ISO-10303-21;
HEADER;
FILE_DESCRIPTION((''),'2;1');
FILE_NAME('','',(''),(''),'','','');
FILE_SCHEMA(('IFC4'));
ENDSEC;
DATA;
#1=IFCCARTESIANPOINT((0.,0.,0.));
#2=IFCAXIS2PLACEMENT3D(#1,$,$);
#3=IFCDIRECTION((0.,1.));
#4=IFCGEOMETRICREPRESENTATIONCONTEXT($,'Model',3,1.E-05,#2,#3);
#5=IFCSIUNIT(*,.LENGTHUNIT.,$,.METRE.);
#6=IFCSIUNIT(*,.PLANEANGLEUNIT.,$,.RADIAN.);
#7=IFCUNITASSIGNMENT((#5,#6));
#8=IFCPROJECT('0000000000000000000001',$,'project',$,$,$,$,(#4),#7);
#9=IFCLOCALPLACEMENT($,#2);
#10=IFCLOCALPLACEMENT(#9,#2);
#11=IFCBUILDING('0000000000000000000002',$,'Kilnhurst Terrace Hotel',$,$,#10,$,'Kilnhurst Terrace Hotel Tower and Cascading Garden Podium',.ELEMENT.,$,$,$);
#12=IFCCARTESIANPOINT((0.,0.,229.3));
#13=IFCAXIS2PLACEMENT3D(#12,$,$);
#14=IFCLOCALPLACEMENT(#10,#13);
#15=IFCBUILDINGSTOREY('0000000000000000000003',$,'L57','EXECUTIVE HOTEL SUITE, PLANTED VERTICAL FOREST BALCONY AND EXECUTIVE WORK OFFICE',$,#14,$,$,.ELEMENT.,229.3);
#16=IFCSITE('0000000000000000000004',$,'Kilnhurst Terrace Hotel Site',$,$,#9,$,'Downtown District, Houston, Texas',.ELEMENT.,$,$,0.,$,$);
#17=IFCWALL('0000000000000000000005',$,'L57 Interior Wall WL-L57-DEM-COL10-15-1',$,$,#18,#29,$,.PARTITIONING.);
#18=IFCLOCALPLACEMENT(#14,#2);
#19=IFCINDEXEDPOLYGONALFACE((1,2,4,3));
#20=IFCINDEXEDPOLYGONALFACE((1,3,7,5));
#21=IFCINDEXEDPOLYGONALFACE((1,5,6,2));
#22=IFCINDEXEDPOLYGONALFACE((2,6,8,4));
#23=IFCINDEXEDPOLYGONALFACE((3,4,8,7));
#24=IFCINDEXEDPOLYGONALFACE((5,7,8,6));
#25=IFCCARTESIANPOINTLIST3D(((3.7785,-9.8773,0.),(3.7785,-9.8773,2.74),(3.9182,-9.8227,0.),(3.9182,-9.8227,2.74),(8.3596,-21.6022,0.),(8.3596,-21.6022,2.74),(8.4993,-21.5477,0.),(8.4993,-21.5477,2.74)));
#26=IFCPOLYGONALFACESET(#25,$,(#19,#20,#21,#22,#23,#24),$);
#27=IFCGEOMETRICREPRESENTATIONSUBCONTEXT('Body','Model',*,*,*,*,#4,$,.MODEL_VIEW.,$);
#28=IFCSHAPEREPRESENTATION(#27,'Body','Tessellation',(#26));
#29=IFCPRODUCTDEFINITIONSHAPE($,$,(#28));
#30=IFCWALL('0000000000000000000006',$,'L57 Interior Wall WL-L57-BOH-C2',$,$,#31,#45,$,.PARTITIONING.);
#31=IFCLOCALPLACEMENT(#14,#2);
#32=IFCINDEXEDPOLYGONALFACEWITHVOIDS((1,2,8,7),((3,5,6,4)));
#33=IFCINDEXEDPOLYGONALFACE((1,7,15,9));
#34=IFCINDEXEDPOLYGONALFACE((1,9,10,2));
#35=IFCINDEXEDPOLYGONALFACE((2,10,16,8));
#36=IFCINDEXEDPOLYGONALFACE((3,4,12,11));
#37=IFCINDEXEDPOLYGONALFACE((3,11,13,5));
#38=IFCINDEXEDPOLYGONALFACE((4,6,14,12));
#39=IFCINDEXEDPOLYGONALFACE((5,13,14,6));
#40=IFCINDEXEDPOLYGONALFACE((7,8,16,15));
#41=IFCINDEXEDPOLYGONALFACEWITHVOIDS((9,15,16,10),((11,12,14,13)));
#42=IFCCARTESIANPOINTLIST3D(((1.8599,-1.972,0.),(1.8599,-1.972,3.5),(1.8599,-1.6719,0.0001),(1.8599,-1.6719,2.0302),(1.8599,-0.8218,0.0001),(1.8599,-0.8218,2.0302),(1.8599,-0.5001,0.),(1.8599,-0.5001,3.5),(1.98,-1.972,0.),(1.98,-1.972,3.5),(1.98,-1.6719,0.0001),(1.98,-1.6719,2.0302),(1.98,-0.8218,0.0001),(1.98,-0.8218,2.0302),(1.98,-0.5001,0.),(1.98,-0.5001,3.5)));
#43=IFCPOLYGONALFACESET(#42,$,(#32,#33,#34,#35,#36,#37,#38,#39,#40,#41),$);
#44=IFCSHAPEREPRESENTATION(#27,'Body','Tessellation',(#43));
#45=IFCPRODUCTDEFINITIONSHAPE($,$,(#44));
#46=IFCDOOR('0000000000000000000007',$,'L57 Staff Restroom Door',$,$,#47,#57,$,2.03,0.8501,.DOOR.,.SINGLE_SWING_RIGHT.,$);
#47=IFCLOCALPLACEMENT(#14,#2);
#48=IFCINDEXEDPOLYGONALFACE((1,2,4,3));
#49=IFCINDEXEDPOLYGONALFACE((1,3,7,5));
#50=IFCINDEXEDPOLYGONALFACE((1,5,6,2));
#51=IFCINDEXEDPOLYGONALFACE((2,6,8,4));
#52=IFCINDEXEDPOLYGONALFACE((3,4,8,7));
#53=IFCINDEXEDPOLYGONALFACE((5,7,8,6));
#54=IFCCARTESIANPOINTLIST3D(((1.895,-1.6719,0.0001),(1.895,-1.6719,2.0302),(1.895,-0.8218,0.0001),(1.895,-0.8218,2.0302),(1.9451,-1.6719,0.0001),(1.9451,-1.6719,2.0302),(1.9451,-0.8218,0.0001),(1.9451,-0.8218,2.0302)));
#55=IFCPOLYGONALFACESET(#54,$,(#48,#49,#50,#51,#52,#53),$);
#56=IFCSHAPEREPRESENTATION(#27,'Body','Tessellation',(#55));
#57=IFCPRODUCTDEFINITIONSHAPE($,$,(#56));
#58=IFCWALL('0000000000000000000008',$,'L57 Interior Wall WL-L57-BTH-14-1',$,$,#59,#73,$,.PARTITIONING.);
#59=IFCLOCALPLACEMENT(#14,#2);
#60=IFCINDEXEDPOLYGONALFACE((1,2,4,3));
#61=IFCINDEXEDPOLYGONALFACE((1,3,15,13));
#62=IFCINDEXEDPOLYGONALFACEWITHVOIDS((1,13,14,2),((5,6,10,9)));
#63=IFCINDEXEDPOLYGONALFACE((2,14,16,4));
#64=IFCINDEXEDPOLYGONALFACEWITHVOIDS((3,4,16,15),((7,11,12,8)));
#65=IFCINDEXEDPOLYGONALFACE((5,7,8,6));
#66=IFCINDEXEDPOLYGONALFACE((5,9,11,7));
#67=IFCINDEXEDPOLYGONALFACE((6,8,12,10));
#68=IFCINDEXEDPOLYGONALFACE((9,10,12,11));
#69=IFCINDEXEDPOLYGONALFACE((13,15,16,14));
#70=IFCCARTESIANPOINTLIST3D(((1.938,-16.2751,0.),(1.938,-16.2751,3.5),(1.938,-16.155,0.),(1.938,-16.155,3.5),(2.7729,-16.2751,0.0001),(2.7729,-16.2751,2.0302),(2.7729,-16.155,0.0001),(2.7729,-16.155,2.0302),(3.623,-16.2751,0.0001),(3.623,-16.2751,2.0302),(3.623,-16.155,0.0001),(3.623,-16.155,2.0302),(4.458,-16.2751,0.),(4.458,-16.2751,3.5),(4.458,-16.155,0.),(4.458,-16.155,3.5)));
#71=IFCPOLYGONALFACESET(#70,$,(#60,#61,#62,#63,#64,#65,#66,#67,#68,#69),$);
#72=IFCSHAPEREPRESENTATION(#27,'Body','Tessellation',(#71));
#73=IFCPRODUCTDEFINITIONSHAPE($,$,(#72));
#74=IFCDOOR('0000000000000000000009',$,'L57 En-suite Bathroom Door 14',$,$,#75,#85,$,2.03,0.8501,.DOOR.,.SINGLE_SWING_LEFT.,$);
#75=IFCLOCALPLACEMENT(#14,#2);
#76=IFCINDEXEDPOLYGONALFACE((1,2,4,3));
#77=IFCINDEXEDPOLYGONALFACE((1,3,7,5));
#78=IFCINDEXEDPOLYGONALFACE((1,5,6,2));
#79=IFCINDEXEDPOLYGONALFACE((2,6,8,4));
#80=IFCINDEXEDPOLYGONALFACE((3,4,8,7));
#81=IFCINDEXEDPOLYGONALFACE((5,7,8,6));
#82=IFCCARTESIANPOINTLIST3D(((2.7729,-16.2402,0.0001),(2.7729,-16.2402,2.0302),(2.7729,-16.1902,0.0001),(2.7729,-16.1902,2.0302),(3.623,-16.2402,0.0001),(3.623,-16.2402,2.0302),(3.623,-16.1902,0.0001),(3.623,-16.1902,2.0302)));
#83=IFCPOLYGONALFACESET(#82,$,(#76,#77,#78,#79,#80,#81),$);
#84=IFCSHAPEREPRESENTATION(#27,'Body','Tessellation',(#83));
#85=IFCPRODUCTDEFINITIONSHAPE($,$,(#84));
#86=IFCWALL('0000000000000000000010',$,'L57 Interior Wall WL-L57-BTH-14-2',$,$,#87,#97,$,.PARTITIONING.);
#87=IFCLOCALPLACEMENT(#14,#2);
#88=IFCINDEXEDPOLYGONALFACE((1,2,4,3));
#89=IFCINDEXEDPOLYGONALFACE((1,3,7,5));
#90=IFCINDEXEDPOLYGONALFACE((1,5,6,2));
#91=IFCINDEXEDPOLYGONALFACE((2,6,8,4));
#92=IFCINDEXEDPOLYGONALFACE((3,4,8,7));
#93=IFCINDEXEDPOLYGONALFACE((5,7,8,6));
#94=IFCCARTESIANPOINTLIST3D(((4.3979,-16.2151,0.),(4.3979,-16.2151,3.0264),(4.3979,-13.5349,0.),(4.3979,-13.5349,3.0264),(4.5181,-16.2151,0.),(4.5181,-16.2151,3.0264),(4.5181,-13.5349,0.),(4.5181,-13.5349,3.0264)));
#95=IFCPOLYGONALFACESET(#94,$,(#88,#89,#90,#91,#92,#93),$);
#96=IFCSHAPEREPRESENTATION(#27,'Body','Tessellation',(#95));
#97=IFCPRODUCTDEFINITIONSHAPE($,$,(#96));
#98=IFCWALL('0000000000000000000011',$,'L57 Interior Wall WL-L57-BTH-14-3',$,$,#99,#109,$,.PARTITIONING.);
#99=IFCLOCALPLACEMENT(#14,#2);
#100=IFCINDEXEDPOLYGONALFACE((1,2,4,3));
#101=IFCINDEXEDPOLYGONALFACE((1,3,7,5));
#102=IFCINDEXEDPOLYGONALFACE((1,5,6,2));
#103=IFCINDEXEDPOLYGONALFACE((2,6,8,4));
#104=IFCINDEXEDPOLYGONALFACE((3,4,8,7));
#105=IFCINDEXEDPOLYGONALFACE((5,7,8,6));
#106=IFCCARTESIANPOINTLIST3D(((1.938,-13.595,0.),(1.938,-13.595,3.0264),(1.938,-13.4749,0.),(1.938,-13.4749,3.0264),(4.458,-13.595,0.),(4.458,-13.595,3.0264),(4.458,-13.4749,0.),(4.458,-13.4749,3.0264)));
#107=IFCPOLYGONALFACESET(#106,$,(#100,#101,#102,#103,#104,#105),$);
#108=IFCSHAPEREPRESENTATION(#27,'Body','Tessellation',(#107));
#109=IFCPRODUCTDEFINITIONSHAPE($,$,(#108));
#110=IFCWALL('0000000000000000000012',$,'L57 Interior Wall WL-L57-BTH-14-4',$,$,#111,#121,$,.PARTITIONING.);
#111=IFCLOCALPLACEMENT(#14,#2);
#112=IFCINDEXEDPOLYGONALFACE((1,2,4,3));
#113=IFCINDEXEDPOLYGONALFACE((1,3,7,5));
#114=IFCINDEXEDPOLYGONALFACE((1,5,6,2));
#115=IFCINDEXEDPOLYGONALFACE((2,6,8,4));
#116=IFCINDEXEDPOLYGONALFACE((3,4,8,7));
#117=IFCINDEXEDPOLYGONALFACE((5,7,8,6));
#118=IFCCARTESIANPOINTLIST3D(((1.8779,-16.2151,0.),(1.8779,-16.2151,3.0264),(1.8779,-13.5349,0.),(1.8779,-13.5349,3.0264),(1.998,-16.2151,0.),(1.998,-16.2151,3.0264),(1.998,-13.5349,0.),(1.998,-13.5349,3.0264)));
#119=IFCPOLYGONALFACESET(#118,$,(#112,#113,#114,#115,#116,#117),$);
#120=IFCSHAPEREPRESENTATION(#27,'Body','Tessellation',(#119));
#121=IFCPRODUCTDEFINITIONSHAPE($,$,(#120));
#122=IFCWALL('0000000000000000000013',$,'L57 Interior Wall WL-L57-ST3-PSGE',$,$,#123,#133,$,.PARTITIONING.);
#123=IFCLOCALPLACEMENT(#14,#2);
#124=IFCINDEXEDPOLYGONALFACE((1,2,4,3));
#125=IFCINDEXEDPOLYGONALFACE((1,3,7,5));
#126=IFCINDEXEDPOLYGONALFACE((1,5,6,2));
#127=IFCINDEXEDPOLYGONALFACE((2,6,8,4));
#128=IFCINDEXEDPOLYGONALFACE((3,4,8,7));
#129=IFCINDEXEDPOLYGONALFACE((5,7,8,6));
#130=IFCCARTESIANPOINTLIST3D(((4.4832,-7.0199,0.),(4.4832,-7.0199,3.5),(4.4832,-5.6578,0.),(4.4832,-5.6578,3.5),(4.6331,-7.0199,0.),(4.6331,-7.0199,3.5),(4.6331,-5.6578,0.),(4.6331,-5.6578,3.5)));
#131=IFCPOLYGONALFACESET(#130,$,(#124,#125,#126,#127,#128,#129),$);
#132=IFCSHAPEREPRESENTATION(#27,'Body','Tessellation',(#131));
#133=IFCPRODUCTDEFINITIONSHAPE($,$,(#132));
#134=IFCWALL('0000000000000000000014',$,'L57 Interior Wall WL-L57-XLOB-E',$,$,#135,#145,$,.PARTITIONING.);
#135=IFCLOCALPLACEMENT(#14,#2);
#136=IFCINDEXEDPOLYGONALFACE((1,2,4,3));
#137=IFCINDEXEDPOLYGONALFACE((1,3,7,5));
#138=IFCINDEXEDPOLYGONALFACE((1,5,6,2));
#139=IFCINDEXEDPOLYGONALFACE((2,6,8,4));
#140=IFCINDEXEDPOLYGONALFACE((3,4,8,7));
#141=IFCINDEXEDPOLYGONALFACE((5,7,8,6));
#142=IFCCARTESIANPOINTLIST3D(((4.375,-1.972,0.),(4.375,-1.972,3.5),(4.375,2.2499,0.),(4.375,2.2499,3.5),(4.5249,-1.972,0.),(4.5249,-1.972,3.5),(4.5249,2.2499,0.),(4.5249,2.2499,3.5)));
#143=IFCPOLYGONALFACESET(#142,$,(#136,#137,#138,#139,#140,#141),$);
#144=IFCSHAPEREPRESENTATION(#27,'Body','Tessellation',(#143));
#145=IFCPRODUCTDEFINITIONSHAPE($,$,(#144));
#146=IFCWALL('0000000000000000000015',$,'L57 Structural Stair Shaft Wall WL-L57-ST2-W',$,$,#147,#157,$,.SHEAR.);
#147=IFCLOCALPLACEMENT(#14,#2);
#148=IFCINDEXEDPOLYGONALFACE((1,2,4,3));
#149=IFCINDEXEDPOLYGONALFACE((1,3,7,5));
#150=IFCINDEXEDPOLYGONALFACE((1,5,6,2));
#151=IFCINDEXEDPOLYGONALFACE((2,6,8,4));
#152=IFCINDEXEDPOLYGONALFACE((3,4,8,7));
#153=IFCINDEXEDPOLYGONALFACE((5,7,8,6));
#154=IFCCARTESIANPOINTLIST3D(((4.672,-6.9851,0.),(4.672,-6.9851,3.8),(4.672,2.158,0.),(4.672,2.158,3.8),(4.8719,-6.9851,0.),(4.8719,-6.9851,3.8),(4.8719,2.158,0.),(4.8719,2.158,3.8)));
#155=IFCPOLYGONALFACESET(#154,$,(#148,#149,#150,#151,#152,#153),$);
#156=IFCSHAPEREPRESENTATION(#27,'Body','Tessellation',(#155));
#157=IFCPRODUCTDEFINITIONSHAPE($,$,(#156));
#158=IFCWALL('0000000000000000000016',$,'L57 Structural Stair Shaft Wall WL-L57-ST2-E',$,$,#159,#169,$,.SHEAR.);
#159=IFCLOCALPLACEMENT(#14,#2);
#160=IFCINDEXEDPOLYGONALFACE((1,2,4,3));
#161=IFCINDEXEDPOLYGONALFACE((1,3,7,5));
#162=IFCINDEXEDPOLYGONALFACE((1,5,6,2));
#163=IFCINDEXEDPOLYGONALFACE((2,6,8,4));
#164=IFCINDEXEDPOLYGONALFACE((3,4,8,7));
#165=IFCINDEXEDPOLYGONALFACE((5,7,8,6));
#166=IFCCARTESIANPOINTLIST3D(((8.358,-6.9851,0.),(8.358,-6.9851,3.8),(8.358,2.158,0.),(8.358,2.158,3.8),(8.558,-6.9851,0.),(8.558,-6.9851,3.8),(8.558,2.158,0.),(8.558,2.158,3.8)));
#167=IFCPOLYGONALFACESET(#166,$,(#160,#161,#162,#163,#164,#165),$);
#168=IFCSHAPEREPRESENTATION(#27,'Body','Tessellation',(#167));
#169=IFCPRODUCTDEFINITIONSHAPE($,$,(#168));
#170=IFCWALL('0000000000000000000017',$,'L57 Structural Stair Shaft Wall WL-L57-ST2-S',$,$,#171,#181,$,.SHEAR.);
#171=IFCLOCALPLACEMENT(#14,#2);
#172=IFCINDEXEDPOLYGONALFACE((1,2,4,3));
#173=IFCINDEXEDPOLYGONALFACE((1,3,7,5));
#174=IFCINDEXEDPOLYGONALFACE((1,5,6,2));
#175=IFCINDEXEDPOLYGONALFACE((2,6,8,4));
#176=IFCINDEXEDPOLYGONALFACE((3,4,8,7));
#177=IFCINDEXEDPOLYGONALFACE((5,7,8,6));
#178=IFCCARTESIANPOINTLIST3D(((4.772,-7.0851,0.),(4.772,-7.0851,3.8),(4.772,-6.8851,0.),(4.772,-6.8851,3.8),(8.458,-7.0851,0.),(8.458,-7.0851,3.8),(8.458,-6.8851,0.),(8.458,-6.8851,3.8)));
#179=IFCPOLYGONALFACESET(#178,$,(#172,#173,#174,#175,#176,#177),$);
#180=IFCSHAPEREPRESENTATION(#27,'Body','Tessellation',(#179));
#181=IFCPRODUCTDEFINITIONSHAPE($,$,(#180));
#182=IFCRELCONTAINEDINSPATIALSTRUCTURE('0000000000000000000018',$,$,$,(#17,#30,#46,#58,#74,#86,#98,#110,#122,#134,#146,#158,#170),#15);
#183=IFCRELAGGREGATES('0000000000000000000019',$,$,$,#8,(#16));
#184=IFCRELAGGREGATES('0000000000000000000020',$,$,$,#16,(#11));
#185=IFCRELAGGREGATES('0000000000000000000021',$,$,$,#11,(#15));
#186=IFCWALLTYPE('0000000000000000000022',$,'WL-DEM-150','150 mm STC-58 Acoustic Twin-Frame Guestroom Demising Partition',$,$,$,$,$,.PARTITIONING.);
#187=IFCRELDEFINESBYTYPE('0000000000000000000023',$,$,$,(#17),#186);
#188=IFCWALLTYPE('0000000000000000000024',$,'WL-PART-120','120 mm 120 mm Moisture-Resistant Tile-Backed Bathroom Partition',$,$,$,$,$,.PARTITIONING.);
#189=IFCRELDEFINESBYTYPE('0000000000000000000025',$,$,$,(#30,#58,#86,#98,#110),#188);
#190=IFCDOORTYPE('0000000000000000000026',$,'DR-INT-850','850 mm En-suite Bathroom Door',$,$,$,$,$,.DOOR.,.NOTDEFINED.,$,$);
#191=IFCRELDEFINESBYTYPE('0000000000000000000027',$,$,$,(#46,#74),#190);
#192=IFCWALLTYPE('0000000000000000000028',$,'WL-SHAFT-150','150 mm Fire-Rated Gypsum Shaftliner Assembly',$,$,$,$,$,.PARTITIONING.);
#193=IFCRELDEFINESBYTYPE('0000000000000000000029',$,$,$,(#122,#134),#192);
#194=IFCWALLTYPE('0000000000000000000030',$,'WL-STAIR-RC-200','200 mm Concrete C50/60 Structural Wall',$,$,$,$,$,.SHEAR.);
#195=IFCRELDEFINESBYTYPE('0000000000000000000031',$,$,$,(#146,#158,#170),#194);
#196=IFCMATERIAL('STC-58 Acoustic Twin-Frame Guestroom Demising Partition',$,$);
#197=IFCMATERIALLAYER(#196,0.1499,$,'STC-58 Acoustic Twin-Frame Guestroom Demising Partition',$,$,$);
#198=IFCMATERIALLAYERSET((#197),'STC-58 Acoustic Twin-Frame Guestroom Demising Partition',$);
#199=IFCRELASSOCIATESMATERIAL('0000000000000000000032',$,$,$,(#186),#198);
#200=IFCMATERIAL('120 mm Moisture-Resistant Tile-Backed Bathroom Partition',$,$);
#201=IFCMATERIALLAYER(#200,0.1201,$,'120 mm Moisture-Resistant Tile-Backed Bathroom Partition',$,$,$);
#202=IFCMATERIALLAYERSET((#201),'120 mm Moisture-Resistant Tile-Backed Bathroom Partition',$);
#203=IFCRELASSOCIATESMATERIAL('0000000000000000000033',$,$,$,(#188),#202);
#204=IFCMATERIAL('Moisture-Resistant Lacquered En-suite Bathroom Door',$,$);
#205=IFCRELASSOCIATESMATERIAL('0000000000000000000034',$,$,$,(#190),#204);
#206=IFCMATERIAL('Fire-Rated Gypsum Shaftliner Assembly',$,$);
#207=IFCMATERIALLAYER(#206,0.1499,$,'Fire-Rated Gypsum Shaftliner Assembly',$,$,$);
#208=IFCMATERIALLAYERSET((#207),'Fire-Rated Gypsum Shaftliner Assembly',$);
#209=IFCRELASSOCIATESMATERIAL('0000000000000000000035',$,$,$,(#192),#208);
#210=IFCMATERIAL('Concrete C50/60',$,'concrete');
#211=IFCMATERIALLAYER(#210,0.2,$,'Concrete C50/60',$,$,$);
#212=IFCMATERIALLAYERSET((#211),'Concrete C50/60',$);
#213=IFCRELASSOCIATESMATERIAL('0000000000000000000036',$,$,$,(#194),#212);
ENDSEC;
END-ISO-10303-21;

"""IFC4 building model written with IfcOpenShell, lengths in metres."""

from ifc_helpers import new_model, si_unit, direction, frame, frame_2d, origin, place, context, subcontext, project, spatial, rectangle, extrude, material, layer, layer_set, type_object, element, fill, save


model = new_model("IFC4")

# Units and contexts
model_context = context("Model", 3, precision=1e-05, world=origin(), true_north=direction((0.0, 1.0)))
body_context = subcontext(model_context, "Body", "Model", "MODEL_VIEW")
ifc_project = project(units=[si_unit("LENGTHUNIT", "METRE"), si_unit("PLANEANGLEUNIT", "RADIAN")], contexts=[model_context])

# Site, building, storey
site_placement = place(None, origin())
site = spatial("IfcSite", under=ifc_project, at=site_placement, Name="Kilnhurst Terrace Hotel Site", LongName="Downtown District, Houston, Texas", CompositionType="ELEMENT", RefElevation=0.0)
building_placement = place(site_placement, origin())
building = spatial("IfcBuilding", under=site, at=building_placement, Name="Kilnhurst Terrace Hotel", LongName="Kilnhurst Terrace Hotel Tower and Cascading Garden Podium", CompositionType="ELEMENT")
storey_placement = place(building_placement, frame((0.0, 0.0, 229.3)))
storey = spatial("IfcBuildingStorey", under=building, at=storey_placement, Name="L57", Description="EXECUTIVE HOTEL SUITE, PLANTED VERTICAL FOREST BALCONY AND EXECUTIVE WORK OFFICE", CompositionType="ELEMENT", Elevation=229.3)

# Shared definitions
ifc_material_1 = material(Name="Concrete C50/60", Category="concrete")

# Wall
ifc_material_2 = material(Name="STC-58 Acoustic Twin-Frame Guestroom Demising Partition")
ifc_layer_1 = layer(ifc_material_2, 0.1499, Name="STC-58 Acoustic Twin-Frame Guestroom Demising Partition")
ifc_layer_set_1 = layer_set([ifc_layer_1], Name="STC-58 Acoustic Twin-Frame Guestroom Demising Partition")
wall_type_1 = type_object("IfcWallType", Name="WL-DEM-150", Description="150 mm STC-58 Acoustic Twin-Frame Guestroom Demising Partition", PredefinedType="PARTITIONING", material=ifc_layer_set_1)
wall_1_placement = place(storey_placement, frame((3.8484, -9.8501, 0.0), z_axis=(0.0, 0.0, 1.0), x_axis=(0.363922, -0.93143, 0.0)))
element("IfcWall", 1, at=wall_1_placement, inside=storey, type_object=wall_type_1, Name="L57 Interior Wall WL-L57-DEM-COL10-15-1", PredefinedType="PARTITIONING", context=body_context, shape_type="SweptSolid", body=[
    extrude(rectangle(XDim=12.5881, YDim=0.1499, at=frame_2d((6.2939, 0.0))), origin(), (0.0, 0.0, 1.0), 2.74),
])

# Walls, openings, doors
ifc_material_3 = material(Name="120 mm Moisture-Resistant Tile-Backed Bathroom Partition")
ifc_layer_2 = layer(ifc_material_3, 0.1201, Name="120 mm Moisture-Resistant Tile-Backed Bathroom Partition")
ifc_layer_set_2 = layer_set([ifc_layer_2], Name="120 mm Moisture-Resistant Tile-Backed Bathroom Partition")
wall_type_2 = type_object("IfcWallType", Name="WL-PART-120", Description="120 mm 120 mm Moisture-Resistant Tile-Backed Bathroom Partition", PredefinedType="PARTITIONING", material=ifc_layer_set_2)
wall_2_placement = place(storey_placement, frame((1.9199, -1.9719, 0.0), z_axis=(0.0, 0.0, 1.0), x_axis=(0.0, 1.0, 0.0)))
wall_2 = element("IfcWall", 2, at=wall_2_placement, inside=storey, type_object=wall_type_2, Name="L57 Interior Wall WL-L57-BOH-C2", PredefinedType="PARTITIONING", context=body_context, shape_type="SweptSolid", body=[
    extrude(rectangle(XDim=1.4719, YDim=0.1201, at=frame_2d((0.7358, 0.0))), origin(), (0.0, 0.0, 1.0), 3.5),
])
opening_1_placement = place(wall_2_placement, frame((0.3, 0.0, 0.0)))
opening_1 = element("IfcOpeningElement", 3, at=opening_1_placement, cuts=wall_2, PredefinedType="OPENING", context=body_context, shape_type="SweptSolid", body=[
    extrude(rectangle(XDim=0.8501, YDim=2.03, at=frame_2d((0.425, 1.0151))), frame((0.0, 0.0701, 0.0), z_axis=(0.0, -1.0, 0.0), x_axis=(1.0, 0.0, 0.0)), (0.0, 0.0, 1.0), 0.1401),
])
ifc_material_4 = material(Name="Moisture-Resistant Lacquered En-suite Bathroom Door")
door_type = type_object("IfcDoorType", Name="DR-INT-850", Description="850 mm En-suite Bathroom Door", OperationType="NOTDEFINED", PredefinedType="DOOR", material=ifc_material_4)
door_1_placement = place(opening_1_placement, origin())
door_1 = element("IfcDoor", 4, at=door_1_placement, inside=storey, type_object=door_type, Name="L57 Staff Restroom Door", OperationType="SINGLE_SWING_RIGHT", OverallHeight=2.03, OverallWidth=0.8501, PredefinedType="DOOR", context=body_context, shape_type="SweptSolid", body=[
    extrude(rectangle(XDim=0.8501, YDim=2.03, at=frame_2d((0.425, 1.0151))), frame((0.0, 0.0249, 0.0), z_axis=(0.0, -1.0, 0.0), x_axis=(1.0, 0.0, 0.0)), (0.0, 0.0, 1.0), 0.05),
])
fill(opening_1, door_1)
wall_3_placement = place(storey_placement, frame((1.938, -16.2151, 0.0), z_axis=(0.0, 0.0, 1.0), x_axis=(1.0, 0.0, 0.0)))
wall_3 = element("IfcWall", 5, at=wall_3_placement, inside=storey, type_object=wall_type_2, Name="L57 Interior Wall WL-L57-BTH-14-1", PredefinedType="PARTITIONING", context=body_context, shape_type="SweptSolid", body=[
    extrude(rectangle(XDim=2.52, YDim=0.1201, at=frame_2d((1.26, 0.0))), origin(), (0.0, 0.0, 1.0), 3.5),
])
opening_2_placement = place(wall_3_placement, frame((0.835, 0.0, 0.0)))
opening_2 = element("IfcOpeningElement", 6, at=opening_2_placement, cuts=wall_3, PredefinedType="OPENING", context=body_context, shape_type="SweptSolid", body=[
    extrude(rectangle(XDim=0.8501, YDim=2.03, at=frame_2d((0.425, 1.0151))), frame((0.0, 0.0701, 0.0), z_axis=(0.0, -1.0, 0.0), x_axis=(1.0, 0.0, 0.0)), (0.0, 0.0, 1.0), 0.1401),
])
door_2_placement = place(opening_2_placement, origin())
door_2 = element("IfcDoor", 7, at=door_2_placement, inside=storey, type_object=door_type, Name="L57 En-suite Bathroom Door 14", OperationType="SINGLE_SWING_LEFT", OverallHeight=2.03, OverallWidth=0.8501, PredefinedType="DOOR", context=body_context, shape_type="SweptSolid", body=[
    extrude(rectangle(XDim=0.8501, YDim=2.03, at=frame_2d((0.425, 1.0151))), frame((0.0, 0.0249, 0.0), z_axis=(0.0, -1.0, 0.0), x_axis=(1.0, 0.0, 0.0)), (0.0, 0.0, 1.0), 0.05),
])
fill(opening_2, door_2)

# Walls
wall_4_placement = place(storey_placement, frame((4.458, -16.2151, 0.0), z_axis=(0.0, 0.0, 1.0), x_axis=(0.0, 1.0, 0.0)))
element("IfcWall", 8, at=wall_4_placement, inside=storey, type_object=wall_type_2, Name="L57 Interior Wall WL-L57-BTH-14-2", PredefinedType="PARTITIONING", context=body_context, shape_type="SweptSolid", body=[
    extrude(rectangle(XDim=2.6802, YDim=0.1201, at=frame_2d((1.3401, 0.0))), origin(), (0.0, 0.0, 1.0), 3.0264),
])
wall_5_placement = place(storey_placement, frame((4.458, -13.5349, 0.0), z_axis=(0.0, 0.0, 1.0), x_axis=(-1.0, 0.0, 0.0)))
element("IfcWall", 9, at=wall_5_placement, inside=storey, type_object=wall_type_2, Name="L57 Interior Wall WL-L57-BTH-14-3", PredefinedType="PARTITIONING", context=body_context, shape_type="SweptSolid", body=[
    extrude(rectangle(XDim=2.52, YDim=0.1201, at=frame_2d((1.26, 0.0))), origin(), (0.0, 0.0, 1.0), 3.0264),
])
wall_6_placement = place(storey_placement, frame((1.938, -13.5349, 0.0), z_axis=(0.0, 0.0, 1.0), x_axis=(0.0, -1.0, 0.0)))
element("IfcWall", 10, at=wall_6_placement, inside=storey, type_object=wall_type_2, Name="L57 Interior Wall WL-L57-BTH-14-4", PredefinedType="PARTITIONING", context=body_context, shape_type="SweptSolid", body=[
    extrude(rectangle(XDim=2.6802, YDim=0.1201, at=frame_2d((1.3401, 0.0))), origin(), (0.0, 0.0, 1.0), 3.0264),
])
ifc_material_5 = material(Name="Fire-Rated Gypsum Shaftliner Assembly")
ifc_layer_3 = layer(ifc_material_5, 0.1499, Name="Fire-Rated Gypsum Shaftliner Assembly")
ifc_layer_set_3 = layer_set([ifc_layer_3], Name="Fire-Rated Gypsum Shaftliner Assembly")
wall_type_3 = type_object("IfcWallType", Name="WL-SHAFT-150", Description="150 mm Fire-Rated Gypsum Shaftliner Assembly", PredefinedType="PARTITIONING", material=ifc_layer_set_3)
wall_7_placement = place(storey_placement, frame((4.5581, -7.02, 0.0), z_axis=(0.0, 0.0, 1.0), x_axis=(0.0, 1.0, 0.0)))
element("IfcWall", 11, at=wall_7_placement, inside=storey, type_object=wall_type_3, Name="L57 Interior Wall WL-L57-ST3-PSGE", PredefinedType="PARTITIONING", context=body_context, shape_type="SweptSolid", body=[
    extrude(rectangle(XDim=1.3621, YDim=0.1499, at=frame_2d((0.6812, 0.0))), origin(), (0.0, 0.0, 1.0), 3.5),
])
wall_8_placement = place(storey_placement, frame((4.45, -1.9719, 0.0), z_axis=(0.0, 0.0, 1.0), x_axis=(0.0, 1.0, 0.0)))
element("IfcWall", 12, at=wall_8_placement, inside=storey, type_object=wall_type_3, Name="L57 Interior Wall WL-L57-XLOB-E", PredefinedType="PARTITIONING", context=body_context, shape_type="SweptSolid", body=[
    extrude(rectangle(XDim=4.2219, YDim=0.1499, at=frame_2d((2.1108, 0.0))), origin(), (0.0, 0.0, 1.0), 3.5),
])
ifc_layer_4 = layer(ifc_material_1, 0.2, Name="Concrete C50/60")
ifc_layer_set_4 = layer_set([ifc_layer_4], Name="Concrete C50/60")
wall_type_4 = type_object("IfcWallType", Name="WL-STAIR-RC-200", Description="200 mm Concrete C50/60 Structural Wall", PredefinedType="SHEAR", material=ifc_layer_set_4)
for number, where, z_axis, x_axis, name in (
    (13, (4.772, -6.9851, 0.0), (0.0, 0.0, 1.0), (0.0, 1.0, 0.0), "L57 Structural Stair Shaft Wall WL-L57-ST2-W"),
    (14, (8.458, -6.9851, 0.0), (0.0, 0.0, 1.0), (0.0, 1.0, 0.0), "L57 Structural Stair Shaft Wall WL-L57-ST2-E"),
):
    element("IfcWall", number, at=place(storey_placement, frame(where, z_axis=z_axis, x_axis=x_axis)), inside=storey, type_object=wall_type_4, Name=name, PredefinedType="SHEAR", context=body_context, shape_type="SweptSolid", body=[
        extrude(rectangle(XDim=9.1431, YDim=0.2, at=frame_2d((4.5715, 0.0))), origin(), (0.0, 0.0, 1.0), 3.8),
    ])
for number, where, z_axis, x_axis, name in (
    (15, (4.772, -6.9851, 0.0), (0.0, 0.0, 1.0), (1.0, 0.0, 0.0), "L57 Structural Stair Shaft Wall WL-L57-ST2-S"),
):
    element("IfcWall", number, at=place(storey_placement, frame(where, z_axis=z_axis, x_axis=x_axis)), inside=storey, type_object=wall_type_4, Name=name, PredefinedType="SHEAR", context=body_context, shape_type="SweptSolid", body=[
        extrude(rectangle(XDim=3.686, YDim=0.2, at=frame_2d((1.843, 0.0))), origin(), (0.0, 0.0, 1.0), 3.8),
    ])

save(model, "model.ifc")
